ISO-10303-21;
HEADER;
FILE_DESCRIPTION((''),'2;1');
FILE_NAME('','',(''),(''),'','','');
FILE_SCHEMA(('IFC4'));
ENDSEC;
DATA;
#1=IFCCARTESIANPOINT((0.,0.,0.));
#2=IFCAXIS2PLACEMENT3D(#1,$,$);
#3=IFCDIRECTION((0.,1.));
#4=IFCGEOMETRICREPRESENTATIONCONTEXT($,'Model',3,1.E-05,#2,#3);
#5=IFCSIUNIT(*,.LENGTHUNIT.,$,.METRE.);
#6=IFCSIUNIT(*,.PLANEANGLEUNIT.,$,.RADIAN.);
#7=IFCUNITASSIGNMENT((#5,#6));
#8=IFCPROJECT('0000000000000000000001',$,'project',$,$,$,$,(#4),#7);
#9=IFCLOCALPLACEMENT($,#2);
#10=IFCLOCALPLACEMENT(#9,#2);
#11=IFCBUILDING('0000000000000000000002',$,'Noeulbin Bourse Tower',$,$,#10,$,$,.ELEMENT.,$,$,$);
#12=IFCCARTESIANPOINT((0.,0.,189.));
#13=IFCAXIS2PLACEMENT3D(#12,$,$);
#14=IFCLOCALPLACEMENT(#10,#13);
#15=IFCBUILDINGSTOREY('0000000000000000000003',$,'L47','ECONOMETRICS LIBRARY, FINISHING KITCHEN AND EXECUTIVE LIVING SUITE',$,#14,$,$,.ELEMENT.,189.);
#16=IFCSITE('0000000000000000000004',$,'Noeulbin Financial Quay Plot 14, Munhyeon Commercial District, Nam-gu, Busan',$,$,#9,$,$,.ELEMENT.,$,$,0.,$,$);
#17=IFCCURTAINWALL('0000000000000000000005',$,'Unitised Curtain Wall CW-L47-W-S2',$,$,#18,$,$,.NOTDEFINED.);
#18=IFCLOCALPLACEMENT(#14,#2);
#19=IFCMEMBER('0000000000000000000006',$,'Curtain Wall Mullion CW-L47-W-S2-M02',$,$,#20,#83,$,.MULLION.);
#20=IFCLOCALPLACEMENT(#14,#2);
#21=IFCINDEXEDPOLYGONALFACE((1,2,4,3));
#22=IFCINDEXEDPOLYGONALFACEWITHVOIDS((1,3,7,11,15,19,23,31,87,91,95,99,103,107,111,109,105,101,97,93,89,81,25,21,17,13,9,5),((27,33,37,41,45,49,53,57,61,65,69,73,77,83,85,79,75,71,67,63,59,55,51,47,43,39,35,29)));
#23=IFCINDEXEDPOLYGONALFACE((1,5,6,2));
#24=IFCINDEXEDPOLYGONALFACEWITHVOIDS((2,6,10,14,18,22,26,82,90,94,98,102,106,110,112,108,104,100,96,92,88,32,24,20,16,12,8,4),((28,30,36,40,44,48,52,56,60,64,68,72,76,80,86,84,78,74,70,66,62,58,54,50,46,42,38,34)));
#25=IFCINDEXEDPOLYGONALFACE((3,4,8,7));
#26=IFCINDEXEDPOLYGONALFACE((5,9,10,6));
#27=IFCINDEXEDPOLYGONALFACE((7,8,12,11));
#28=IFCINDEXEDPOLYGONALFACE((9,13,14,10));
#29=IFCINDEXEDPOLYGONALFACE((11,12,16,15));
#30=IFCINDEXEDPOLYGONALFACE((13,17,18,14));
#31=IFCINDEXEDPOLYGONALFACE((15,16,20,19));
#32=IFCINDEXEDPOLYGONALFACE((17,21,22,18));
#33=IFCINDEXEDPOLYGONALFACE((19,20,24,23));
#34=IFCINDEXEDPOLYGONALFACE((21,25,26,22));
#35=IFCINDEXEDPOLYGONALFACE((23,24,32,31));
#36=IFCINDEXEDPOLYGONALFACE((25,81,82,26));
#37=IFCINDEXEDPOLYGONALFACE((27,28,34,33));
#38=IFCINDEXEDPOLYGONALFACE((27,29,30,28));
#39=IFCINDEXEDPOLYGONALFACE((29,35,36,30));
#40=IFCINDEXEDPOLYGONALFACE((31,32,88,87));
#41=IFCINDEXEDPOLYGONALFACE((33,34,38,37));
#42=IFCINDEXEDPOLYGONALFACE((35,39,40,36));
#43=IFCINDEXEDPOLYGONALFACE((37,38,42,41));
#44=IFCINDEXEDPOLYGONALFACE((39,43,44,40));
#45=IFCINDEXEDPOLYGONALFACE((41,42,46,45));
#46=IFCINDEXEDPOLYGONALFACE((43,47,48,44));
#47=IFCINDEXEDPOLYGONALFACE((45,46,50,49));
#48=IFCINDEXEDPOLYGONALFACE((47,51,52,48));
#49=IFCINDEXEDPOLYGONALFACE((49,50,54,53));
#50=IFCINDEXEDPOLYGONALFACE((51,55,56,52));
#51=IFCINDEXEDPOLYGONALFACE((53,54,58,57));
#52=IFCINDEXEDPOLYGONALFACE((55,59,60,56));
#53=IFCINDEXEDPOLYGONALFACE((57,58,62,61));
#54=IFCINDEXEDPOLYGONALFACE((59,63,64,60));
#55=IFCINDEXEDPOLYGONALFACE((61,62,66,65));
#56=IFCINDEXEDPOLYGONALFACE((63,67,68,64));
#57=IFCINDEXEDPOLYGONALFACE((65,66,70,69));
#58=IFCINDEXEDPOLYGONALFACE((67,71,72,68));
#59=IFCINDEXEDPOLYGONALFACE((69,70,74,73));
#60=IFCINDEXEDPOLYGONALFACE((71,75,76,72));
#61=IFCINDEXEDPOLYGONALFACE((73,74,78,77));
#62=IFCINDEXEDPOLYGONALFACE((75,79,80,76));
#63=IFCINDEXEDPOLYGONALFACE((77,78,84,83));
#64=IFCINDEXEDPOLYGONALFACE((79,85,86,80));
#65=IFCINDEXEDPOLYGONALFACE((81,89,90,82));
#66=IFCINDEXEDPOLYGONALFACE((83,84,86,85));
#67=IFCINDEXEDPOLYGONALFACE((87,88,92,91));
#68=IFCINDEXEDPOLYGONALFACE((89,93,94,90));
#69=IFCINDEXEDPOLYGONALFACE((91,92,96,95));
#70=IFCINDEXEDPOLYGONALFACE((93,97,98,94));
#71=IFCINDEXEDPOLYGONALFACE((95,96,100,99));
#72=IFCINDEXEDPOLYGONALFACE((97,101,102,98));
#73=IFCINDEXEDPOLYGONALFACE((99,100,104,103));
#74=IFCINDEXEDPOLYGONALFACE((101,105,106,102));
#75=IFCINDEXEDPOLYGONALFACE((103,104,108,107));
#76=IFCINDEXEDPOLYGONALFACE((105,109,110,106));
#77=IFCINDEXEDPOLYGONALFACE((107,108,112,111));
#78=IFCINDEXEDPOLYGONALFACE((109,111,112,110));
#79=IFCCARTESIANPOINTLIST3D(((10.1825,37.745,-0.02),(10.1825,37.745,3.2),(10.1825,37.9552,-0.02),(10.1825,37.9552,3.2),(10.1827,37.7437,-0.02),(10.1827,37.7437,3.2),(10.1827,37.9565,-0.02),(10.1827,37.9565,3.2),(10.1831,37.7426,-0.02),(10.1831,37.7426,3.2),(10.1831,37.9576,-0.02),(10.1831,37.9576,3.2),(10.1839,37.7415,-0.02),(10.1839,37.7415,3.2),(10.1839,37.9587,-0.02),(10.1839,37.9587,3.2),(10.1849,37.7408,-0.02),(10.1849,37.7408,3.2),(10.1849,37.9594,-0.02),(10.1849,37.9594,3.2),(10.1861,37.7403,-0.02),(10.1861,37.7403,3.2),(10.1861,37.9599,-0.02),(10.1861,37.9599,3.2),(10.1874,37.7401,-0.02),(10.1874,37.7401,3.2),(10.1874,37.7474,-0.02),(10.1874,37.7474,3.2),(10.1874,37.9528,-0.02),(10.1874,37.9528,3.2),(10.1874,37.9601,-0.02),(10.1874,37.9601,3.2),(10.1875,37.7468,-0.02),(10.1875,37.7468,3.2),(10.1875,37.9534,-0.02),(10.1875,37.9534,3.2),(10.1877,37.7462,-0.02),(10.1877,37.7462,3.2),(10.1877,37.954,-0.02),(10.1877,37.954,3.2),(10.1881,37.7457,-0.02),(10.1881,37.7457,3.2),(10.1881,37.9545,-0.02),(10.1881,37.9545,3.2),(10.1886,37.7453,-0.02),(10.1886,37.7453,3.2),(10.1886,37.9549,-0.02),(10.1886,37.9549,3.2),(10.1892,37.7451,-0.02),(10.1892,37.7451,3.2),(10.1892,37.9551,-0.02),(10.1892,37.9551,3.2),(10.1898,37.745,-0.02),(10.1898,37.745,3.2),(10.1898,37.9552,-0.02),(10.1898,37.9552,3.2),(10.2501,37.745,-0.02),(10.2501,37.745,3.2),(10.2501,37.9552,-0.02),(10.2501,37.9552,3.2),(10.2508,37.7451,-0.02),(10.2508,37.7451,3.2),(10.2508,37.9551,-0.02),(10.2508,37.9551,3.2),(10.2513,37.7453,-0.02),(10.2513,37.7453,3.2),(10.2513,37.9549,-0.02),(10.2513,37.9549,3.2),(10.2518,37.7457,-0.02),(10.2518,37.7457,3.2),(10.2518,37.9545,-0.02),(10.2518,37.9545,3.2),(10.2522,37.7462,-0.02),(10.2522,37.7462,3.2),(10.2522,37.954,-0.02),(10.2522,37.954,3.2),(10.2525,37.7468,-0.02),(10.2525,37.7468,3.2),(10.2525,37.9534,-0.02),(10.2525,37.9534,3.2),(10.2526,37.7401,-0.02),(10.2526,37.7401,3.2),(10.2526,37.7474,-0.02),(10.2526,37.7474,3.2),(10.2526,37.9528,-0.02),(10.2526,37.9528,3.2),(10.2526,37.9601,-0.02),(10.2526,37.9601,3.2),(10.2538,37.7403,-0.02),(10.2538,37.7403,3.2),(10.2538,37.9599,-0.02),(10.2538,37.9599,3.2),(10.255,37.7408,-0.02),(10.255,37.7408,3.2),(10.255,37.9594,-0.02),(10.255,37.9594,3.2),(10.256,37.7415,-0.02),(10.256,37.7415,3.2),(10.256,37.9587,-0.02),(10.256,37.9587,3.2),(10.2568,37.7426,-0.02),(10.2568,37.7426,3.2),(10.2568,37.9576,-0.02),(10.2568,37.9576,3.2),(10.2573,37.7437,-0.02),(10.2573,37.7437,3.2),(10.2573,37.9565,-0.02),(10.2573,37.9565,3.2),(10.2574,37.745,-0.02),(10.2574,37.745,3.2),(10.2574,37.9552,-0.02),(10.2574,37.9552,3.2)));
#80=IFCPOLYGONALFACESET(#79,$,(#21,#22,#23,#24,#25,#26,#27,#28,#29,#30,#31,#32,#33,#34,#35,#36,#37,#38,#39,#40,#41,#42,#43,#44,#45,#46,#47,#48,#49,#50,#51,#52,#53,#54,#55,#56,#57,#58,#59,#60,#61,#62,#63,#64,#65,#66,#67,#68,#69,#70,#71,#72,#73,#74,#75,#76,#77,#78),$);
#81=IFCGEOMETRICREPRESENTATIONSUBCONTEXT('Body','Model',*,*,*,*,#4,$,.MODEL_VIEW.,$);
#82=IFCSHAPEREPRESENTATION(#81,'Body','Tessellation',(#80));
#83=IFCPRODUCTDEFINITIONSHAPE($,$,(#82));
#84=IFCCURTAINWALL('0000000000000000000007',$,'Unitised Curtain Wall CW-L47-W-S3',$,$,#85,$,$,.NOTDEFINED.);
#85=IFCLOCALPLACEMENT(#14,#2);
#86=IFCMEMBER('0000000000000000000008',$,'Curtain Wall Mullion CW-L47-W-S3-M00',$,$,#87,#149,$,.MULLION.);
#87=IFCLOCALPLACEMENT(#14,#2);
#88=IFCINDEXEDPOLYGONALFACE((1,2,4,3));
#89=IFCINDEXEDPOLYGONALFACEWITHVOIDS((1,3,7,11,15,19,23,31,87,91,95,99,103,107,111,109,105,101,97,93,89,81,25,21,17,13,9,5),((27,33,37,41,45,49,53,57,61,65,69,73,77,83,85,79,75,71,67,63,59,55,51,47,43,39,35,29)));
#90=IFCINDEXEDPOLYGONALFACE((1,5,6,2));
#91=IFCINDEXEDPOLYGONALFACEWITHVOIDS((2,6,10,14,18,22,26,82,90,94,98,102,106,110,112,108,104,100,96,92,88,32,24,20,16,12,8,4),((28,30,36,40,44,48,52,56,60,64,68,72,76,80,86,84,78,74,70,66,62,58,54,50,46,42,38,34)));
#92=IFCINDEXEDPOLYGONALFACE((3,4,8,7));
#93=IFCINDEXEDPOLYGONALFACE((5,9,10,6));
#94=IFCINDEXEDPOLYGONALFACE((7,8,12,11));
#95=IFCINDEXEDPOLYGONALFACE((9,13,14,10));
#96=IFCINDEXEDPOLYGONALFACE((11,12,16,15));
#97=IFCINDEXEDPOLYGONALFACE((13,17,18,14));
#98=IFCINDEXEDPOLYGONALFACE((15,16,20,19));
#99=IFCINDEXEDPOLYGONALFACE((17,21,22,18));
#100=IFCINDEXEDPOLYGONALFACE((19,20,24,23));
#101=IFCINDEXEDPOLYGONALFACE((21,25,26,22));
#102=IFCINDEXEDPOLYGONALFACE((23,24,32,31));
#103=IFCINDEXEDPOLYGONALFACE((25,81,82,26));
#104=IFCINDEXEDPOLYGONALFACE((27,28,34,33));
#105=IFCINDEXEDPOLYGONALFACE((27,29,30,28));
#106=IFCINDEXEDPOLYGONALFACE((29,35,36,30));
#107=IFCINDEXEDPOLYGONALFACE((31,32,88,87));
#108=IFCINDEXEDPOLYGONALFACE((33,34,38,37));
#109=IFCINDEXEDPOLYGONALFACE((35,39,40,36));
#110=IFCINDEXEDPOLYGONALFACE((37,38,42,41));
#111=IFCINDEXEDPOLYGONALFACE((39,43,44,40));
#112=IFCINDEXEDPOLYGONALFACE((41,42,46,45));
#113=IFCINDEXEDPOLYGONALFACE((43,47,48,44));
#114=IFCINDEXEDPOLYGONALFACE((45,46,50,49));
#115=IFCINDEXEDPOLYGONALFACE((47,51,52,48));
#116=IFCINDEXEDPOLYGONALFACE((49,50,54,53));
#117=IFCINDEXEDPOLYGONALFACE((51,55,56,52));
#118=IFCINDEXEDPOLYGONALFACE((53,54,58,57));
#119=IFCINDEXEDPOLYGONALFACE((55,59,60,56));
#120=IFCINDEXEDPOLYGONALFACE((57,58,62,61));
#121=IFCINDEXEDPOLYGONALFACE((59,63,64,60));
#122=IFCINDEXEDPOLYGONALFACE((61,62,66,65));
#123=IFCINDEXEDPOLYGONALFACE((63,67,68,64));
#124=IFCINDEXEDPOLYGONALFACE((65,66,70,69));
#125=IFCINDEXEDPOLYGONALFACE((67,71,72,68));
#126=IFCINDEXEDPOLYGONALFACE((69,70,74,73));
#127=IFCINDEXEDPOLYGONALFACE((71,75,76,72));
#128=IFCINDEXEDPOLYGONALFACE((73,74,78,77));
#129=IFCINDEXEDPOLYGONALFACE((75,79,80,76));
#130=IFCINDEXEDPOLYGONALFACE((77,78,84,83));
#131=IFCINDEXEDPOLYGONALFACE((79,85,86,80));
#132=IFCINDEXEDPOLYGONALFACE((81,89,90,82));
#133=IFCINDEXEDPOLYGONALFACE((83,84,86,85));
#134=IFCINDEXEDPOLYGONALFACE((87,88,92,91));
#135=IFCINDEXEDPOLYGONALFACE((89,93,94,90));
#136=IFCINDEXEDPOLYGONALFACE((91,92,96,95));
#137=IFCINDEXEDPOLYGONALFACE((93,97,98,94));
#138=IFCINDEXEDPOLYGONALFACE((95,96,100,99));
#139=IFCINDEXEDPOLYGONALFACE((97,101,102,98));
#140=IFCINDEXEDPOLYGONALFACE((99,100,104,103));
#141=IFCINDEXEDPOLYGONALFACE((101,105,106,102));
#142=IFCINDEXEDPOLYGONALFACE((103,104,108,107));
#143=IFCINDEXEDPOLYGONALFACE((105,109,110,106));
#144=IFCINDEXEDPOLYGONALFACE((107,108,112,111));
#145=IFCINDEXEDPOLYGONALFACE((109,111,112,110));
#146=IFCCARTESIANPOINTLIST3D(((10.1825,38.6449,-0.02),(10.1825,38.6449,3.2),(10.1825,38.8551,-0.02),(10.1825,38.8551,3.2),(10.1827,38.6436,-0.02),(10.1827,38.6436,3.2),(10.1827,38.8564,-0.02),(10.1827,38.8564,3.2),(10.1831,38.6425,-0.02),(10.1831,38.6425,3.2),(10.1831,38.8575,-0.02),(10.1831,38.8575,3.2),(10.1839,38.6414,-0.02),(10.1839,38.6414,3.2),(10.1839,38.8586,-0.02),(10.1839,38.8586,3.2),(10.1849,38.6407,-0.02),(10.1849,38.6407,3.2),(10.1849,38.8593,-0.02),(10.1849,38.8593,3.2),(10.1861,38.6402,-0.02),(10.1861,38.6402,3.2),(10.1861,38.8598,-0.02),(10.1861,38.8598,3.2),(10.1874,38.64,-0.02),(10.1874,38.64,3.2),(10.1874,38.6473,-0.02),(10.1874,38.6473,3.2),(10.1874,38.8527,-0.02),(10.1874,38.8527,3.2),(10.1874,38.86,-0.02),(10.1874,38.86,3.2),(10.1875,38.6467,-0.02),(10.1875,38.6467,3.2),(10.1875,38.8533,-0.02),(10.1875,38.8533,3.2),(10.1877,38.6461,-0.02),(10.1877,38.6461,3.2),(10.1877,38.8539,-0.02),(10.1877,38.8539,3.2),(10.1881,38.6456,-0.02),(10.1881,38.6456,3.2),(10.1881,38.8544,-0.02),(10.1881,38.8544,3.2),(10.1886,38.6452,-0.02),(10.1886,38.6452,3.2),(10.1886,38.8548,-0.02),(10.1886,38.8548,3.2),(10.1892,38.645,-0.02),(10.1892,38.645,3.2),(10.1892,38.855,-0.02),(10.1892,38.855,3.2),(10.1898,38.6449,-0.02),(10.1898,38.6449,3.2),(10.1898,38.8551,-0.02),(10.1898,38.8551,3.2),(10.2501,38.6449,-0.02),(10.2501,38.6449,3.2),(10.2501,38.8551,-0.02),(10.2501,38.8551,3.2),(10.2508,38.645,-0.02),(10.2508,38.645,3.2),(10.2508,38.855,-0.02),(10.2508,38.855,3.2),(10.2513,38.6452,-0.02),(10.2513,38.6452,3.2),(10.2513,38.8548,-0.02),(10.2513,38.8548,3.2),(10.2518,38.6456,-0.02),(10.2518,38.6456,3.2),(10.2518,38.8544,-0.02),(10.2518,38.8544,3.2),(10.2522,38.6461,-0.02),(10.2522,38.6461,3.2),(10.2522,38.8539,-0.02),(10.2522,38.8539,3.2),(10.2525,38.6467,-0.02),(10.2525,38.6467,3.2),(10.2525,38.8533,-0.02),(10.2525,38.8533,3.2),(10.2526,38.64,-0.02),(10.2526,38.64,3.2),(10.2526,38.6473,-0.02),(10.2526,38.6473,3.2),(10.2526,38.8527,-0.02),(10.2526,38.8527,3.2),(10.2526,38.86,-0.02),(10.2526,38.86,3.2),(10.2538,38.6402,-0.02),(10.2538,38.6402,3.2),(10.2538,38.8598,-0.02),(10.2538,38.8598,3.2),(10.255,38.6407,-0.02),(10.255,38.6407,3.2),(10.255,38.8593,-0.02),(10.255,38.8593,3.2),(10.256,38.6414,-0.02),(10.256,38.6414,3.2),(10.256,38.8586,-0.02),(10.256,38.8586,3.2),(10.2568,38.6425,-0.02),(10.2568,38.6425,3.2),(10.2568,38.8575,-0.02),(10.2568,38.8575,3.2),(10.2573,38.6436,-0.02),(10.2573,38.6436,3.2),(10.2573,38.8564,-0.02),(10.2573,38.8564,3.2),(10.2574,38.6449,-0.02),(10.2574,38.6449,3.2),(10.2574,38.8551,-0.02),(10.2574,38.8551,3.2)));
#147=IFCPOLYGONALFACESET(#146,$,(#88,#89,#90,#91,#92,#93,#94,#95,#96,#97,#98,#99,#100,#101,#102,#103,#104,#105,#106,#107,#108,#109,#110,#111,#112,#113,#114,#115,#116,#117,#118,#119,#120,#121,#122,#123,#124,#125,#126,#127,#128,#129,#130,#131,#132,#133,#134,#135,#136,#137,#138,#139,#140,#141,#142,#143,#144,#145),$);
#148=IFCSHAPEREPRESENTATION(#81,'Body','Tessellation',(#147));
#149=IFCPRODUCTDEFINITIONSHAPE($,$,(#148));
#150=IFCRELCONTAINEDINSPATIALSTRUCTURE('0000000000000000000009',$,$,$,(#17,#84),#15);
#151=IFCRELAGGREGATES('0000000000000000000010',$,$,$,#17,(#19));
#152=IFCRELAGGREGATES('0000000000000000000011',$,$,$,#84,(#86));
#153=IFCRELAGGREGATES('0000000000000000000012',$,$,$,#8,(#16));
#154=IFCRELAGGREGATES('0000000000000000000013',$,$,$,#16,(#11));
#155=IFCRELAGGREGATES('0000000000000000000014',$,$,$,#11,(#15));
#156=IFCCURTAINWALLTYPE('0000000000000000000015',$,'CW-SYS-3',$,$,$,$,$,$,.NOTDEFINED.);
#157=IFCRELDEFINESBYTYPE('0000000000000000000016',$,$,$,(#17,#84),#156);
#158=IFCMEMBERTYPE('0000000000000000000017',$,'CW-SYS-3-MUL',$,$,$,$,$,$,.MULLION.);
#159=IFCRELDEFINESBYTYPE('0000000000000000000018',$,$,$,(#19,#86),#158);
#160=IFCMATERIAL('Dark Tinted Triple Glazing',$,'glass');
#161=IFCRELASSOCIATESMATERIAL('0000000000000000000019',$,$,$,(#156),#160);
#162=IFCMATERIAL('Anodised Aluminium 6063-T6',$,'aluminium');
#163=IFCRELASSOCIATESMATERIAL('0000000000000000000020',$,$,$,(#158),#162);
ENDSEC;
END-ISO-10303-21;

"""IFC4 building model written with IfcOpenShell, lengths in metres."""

from ifc_helpers import new_model, si_unit, direction, frame, origin, origin_2d, place, context, subcontext, project, spatial, hollow_rectangle, extrude, material, material_profile, profile_set, type_object, element, aggregate, save


model = new_model("IFC4")

# Units and contexts
model_context = context("Model", 3, precision=1e-05, world=origin(), true_north=direction((0.0, 1.0)))
body_context = subcontext(model_context, "Body", "Model", "MODEL_VIEW")
ifc_project = project(units=[si_unit("LENGTHUNIT", "METRE"), si_unit("PLANEANGLEUNIT", "RADIAN")], contexts=[model_context])

# Site, building, storey
site_placement = place(None, origin())
site = spatial("IfcSite", under=ifc_project, at=site_placement, Name="Noeulbin Financial Quay Plot 14, Munhyeon Commercial District, Nam-gu, Busan", CompositionType="ELEMENT", RefElevation=0.0)
building_placement = place(site_placement, origin())
building = spatial("IfcBuilding", under=site, at=building_placement, Name="Noeulbin Bourse Tower", CompositionType="ELEMENT")
storey_placement = place(building_placement, frame((0.0, 0.0, 189.0)))
storey = spatial("IfcBuildingStorey", under=building, at=storey_placement, Name="L47", Description="ECONOMETRICS LIBRARY, FINISHING KITCHEN AND EXECUTIVE LIVING SUITE", CompositionType="ELEMENT", Elevation=189.0)

# Curtain wall, member
ifc_material_1 = material(Name="Dark Tinted Triple Glazing", Category="glass")
curtain_wall_type = type_object("IfcCurtainWallType", Name="CW-SYS-3", PredefinedType="NOTDEFINED", material=ifc_material_1)
ifc_material_2 = material(Name="Anodised Aluminium 6063-T6", Category="aluminium")
ifc_material_profile_1 = material_profile(ifc_material_2, hollow_rectangle(XDim=0.075, YDim=0.22, WallThickness=0.0049, InnerFilletRadius=0.0024, OuterFilletRadius=0.0049, at=origin_2d()), Name="ALU-MULL-75x220x5", Category="LoadBearing")
ifc_profile_set_1 = profile_set([ifc_material_profile_1], Name="Anodised Aluminium 6063-T6")
member_type_1 = type_object("IfcMemberType", Name="CW-SYS-3-MUL", PredefinedType="MULLION", material=ifc_profile_set_1)
curtain_wall_1_placement = place(storey_placement, origin())
curtain_wall_1 = element("IfcCurtainWall", 1, at=curtain_wall_1_placement, inside=storey, type_object=curtain_wall_type, Name="Unitised Curtain Wall CW-L47-W-S2", PredefinedType="NOTDEFINED")
member_1_placement = place(storey_placement, frame((10.22, 37.8501, -0.02), z_axis=(0.0, 0.0, 1.0), x_axis=(1.0, 0.0, 0.0)))
member_1 = element("IfcMember", 2, at=member_1_placement, type_object=member_type_1, Name="Curtain Wall Mullion CW-L47-W-S2-M02", PredefinedType="MULLION", context=body_context, shape_type="SweptSolid", body=[
    extrude(hollow_rectangle(XDim=0.075, YDim=0.22, WallThickness=0.0049, InnerFilletRadius=0.0024, OuterFilletRadius=0.0049, at=origin_2d()), origin(), (0.0, 0.0, 1.0), 3.22),
])
aggregate(curtain_wall_1, [member_1])

# Curtain wall, member
curtain_wall_2_placement = place(storey_placement, origin())
curtain_wall_2 = element("IfcCurtainWall", 3, at=curtain_wall_2_placement, inside=storey, type_object=curtain_wall_type, Name="Unitised Curtain Wall CW-L47-W-S3", PredefinedType="NOTDEFINED")
member_2_placement = place(storey_placement, frame((10.22, 38.75, -0.02), z_axis=(0.0, 0.0, 1.0), x_axis=(1.0, 0.0, 0.0)))
member_2 = element("IfcMember", 4, at=member_2_placement, type_object=member_type_1, Name="Curtain Wall Mullion CW-L47-W-S3-M00", PredefinedType="MULLION", context=body_context, shape_type="SweptSolid", body=[
    extrude(hollow_rectangle(XDim=0.075, YDim=0.22, WallThickness=0.0049, InnerFilletRadius=0.0024, OuterFilletRadius=0.0049, at=origin_2d()), origin(), (0.0, 0.0, 1.0), 3.22),
])

aggregate(curtain_wall_2, [member_2])

save(model, "model.ifc")
